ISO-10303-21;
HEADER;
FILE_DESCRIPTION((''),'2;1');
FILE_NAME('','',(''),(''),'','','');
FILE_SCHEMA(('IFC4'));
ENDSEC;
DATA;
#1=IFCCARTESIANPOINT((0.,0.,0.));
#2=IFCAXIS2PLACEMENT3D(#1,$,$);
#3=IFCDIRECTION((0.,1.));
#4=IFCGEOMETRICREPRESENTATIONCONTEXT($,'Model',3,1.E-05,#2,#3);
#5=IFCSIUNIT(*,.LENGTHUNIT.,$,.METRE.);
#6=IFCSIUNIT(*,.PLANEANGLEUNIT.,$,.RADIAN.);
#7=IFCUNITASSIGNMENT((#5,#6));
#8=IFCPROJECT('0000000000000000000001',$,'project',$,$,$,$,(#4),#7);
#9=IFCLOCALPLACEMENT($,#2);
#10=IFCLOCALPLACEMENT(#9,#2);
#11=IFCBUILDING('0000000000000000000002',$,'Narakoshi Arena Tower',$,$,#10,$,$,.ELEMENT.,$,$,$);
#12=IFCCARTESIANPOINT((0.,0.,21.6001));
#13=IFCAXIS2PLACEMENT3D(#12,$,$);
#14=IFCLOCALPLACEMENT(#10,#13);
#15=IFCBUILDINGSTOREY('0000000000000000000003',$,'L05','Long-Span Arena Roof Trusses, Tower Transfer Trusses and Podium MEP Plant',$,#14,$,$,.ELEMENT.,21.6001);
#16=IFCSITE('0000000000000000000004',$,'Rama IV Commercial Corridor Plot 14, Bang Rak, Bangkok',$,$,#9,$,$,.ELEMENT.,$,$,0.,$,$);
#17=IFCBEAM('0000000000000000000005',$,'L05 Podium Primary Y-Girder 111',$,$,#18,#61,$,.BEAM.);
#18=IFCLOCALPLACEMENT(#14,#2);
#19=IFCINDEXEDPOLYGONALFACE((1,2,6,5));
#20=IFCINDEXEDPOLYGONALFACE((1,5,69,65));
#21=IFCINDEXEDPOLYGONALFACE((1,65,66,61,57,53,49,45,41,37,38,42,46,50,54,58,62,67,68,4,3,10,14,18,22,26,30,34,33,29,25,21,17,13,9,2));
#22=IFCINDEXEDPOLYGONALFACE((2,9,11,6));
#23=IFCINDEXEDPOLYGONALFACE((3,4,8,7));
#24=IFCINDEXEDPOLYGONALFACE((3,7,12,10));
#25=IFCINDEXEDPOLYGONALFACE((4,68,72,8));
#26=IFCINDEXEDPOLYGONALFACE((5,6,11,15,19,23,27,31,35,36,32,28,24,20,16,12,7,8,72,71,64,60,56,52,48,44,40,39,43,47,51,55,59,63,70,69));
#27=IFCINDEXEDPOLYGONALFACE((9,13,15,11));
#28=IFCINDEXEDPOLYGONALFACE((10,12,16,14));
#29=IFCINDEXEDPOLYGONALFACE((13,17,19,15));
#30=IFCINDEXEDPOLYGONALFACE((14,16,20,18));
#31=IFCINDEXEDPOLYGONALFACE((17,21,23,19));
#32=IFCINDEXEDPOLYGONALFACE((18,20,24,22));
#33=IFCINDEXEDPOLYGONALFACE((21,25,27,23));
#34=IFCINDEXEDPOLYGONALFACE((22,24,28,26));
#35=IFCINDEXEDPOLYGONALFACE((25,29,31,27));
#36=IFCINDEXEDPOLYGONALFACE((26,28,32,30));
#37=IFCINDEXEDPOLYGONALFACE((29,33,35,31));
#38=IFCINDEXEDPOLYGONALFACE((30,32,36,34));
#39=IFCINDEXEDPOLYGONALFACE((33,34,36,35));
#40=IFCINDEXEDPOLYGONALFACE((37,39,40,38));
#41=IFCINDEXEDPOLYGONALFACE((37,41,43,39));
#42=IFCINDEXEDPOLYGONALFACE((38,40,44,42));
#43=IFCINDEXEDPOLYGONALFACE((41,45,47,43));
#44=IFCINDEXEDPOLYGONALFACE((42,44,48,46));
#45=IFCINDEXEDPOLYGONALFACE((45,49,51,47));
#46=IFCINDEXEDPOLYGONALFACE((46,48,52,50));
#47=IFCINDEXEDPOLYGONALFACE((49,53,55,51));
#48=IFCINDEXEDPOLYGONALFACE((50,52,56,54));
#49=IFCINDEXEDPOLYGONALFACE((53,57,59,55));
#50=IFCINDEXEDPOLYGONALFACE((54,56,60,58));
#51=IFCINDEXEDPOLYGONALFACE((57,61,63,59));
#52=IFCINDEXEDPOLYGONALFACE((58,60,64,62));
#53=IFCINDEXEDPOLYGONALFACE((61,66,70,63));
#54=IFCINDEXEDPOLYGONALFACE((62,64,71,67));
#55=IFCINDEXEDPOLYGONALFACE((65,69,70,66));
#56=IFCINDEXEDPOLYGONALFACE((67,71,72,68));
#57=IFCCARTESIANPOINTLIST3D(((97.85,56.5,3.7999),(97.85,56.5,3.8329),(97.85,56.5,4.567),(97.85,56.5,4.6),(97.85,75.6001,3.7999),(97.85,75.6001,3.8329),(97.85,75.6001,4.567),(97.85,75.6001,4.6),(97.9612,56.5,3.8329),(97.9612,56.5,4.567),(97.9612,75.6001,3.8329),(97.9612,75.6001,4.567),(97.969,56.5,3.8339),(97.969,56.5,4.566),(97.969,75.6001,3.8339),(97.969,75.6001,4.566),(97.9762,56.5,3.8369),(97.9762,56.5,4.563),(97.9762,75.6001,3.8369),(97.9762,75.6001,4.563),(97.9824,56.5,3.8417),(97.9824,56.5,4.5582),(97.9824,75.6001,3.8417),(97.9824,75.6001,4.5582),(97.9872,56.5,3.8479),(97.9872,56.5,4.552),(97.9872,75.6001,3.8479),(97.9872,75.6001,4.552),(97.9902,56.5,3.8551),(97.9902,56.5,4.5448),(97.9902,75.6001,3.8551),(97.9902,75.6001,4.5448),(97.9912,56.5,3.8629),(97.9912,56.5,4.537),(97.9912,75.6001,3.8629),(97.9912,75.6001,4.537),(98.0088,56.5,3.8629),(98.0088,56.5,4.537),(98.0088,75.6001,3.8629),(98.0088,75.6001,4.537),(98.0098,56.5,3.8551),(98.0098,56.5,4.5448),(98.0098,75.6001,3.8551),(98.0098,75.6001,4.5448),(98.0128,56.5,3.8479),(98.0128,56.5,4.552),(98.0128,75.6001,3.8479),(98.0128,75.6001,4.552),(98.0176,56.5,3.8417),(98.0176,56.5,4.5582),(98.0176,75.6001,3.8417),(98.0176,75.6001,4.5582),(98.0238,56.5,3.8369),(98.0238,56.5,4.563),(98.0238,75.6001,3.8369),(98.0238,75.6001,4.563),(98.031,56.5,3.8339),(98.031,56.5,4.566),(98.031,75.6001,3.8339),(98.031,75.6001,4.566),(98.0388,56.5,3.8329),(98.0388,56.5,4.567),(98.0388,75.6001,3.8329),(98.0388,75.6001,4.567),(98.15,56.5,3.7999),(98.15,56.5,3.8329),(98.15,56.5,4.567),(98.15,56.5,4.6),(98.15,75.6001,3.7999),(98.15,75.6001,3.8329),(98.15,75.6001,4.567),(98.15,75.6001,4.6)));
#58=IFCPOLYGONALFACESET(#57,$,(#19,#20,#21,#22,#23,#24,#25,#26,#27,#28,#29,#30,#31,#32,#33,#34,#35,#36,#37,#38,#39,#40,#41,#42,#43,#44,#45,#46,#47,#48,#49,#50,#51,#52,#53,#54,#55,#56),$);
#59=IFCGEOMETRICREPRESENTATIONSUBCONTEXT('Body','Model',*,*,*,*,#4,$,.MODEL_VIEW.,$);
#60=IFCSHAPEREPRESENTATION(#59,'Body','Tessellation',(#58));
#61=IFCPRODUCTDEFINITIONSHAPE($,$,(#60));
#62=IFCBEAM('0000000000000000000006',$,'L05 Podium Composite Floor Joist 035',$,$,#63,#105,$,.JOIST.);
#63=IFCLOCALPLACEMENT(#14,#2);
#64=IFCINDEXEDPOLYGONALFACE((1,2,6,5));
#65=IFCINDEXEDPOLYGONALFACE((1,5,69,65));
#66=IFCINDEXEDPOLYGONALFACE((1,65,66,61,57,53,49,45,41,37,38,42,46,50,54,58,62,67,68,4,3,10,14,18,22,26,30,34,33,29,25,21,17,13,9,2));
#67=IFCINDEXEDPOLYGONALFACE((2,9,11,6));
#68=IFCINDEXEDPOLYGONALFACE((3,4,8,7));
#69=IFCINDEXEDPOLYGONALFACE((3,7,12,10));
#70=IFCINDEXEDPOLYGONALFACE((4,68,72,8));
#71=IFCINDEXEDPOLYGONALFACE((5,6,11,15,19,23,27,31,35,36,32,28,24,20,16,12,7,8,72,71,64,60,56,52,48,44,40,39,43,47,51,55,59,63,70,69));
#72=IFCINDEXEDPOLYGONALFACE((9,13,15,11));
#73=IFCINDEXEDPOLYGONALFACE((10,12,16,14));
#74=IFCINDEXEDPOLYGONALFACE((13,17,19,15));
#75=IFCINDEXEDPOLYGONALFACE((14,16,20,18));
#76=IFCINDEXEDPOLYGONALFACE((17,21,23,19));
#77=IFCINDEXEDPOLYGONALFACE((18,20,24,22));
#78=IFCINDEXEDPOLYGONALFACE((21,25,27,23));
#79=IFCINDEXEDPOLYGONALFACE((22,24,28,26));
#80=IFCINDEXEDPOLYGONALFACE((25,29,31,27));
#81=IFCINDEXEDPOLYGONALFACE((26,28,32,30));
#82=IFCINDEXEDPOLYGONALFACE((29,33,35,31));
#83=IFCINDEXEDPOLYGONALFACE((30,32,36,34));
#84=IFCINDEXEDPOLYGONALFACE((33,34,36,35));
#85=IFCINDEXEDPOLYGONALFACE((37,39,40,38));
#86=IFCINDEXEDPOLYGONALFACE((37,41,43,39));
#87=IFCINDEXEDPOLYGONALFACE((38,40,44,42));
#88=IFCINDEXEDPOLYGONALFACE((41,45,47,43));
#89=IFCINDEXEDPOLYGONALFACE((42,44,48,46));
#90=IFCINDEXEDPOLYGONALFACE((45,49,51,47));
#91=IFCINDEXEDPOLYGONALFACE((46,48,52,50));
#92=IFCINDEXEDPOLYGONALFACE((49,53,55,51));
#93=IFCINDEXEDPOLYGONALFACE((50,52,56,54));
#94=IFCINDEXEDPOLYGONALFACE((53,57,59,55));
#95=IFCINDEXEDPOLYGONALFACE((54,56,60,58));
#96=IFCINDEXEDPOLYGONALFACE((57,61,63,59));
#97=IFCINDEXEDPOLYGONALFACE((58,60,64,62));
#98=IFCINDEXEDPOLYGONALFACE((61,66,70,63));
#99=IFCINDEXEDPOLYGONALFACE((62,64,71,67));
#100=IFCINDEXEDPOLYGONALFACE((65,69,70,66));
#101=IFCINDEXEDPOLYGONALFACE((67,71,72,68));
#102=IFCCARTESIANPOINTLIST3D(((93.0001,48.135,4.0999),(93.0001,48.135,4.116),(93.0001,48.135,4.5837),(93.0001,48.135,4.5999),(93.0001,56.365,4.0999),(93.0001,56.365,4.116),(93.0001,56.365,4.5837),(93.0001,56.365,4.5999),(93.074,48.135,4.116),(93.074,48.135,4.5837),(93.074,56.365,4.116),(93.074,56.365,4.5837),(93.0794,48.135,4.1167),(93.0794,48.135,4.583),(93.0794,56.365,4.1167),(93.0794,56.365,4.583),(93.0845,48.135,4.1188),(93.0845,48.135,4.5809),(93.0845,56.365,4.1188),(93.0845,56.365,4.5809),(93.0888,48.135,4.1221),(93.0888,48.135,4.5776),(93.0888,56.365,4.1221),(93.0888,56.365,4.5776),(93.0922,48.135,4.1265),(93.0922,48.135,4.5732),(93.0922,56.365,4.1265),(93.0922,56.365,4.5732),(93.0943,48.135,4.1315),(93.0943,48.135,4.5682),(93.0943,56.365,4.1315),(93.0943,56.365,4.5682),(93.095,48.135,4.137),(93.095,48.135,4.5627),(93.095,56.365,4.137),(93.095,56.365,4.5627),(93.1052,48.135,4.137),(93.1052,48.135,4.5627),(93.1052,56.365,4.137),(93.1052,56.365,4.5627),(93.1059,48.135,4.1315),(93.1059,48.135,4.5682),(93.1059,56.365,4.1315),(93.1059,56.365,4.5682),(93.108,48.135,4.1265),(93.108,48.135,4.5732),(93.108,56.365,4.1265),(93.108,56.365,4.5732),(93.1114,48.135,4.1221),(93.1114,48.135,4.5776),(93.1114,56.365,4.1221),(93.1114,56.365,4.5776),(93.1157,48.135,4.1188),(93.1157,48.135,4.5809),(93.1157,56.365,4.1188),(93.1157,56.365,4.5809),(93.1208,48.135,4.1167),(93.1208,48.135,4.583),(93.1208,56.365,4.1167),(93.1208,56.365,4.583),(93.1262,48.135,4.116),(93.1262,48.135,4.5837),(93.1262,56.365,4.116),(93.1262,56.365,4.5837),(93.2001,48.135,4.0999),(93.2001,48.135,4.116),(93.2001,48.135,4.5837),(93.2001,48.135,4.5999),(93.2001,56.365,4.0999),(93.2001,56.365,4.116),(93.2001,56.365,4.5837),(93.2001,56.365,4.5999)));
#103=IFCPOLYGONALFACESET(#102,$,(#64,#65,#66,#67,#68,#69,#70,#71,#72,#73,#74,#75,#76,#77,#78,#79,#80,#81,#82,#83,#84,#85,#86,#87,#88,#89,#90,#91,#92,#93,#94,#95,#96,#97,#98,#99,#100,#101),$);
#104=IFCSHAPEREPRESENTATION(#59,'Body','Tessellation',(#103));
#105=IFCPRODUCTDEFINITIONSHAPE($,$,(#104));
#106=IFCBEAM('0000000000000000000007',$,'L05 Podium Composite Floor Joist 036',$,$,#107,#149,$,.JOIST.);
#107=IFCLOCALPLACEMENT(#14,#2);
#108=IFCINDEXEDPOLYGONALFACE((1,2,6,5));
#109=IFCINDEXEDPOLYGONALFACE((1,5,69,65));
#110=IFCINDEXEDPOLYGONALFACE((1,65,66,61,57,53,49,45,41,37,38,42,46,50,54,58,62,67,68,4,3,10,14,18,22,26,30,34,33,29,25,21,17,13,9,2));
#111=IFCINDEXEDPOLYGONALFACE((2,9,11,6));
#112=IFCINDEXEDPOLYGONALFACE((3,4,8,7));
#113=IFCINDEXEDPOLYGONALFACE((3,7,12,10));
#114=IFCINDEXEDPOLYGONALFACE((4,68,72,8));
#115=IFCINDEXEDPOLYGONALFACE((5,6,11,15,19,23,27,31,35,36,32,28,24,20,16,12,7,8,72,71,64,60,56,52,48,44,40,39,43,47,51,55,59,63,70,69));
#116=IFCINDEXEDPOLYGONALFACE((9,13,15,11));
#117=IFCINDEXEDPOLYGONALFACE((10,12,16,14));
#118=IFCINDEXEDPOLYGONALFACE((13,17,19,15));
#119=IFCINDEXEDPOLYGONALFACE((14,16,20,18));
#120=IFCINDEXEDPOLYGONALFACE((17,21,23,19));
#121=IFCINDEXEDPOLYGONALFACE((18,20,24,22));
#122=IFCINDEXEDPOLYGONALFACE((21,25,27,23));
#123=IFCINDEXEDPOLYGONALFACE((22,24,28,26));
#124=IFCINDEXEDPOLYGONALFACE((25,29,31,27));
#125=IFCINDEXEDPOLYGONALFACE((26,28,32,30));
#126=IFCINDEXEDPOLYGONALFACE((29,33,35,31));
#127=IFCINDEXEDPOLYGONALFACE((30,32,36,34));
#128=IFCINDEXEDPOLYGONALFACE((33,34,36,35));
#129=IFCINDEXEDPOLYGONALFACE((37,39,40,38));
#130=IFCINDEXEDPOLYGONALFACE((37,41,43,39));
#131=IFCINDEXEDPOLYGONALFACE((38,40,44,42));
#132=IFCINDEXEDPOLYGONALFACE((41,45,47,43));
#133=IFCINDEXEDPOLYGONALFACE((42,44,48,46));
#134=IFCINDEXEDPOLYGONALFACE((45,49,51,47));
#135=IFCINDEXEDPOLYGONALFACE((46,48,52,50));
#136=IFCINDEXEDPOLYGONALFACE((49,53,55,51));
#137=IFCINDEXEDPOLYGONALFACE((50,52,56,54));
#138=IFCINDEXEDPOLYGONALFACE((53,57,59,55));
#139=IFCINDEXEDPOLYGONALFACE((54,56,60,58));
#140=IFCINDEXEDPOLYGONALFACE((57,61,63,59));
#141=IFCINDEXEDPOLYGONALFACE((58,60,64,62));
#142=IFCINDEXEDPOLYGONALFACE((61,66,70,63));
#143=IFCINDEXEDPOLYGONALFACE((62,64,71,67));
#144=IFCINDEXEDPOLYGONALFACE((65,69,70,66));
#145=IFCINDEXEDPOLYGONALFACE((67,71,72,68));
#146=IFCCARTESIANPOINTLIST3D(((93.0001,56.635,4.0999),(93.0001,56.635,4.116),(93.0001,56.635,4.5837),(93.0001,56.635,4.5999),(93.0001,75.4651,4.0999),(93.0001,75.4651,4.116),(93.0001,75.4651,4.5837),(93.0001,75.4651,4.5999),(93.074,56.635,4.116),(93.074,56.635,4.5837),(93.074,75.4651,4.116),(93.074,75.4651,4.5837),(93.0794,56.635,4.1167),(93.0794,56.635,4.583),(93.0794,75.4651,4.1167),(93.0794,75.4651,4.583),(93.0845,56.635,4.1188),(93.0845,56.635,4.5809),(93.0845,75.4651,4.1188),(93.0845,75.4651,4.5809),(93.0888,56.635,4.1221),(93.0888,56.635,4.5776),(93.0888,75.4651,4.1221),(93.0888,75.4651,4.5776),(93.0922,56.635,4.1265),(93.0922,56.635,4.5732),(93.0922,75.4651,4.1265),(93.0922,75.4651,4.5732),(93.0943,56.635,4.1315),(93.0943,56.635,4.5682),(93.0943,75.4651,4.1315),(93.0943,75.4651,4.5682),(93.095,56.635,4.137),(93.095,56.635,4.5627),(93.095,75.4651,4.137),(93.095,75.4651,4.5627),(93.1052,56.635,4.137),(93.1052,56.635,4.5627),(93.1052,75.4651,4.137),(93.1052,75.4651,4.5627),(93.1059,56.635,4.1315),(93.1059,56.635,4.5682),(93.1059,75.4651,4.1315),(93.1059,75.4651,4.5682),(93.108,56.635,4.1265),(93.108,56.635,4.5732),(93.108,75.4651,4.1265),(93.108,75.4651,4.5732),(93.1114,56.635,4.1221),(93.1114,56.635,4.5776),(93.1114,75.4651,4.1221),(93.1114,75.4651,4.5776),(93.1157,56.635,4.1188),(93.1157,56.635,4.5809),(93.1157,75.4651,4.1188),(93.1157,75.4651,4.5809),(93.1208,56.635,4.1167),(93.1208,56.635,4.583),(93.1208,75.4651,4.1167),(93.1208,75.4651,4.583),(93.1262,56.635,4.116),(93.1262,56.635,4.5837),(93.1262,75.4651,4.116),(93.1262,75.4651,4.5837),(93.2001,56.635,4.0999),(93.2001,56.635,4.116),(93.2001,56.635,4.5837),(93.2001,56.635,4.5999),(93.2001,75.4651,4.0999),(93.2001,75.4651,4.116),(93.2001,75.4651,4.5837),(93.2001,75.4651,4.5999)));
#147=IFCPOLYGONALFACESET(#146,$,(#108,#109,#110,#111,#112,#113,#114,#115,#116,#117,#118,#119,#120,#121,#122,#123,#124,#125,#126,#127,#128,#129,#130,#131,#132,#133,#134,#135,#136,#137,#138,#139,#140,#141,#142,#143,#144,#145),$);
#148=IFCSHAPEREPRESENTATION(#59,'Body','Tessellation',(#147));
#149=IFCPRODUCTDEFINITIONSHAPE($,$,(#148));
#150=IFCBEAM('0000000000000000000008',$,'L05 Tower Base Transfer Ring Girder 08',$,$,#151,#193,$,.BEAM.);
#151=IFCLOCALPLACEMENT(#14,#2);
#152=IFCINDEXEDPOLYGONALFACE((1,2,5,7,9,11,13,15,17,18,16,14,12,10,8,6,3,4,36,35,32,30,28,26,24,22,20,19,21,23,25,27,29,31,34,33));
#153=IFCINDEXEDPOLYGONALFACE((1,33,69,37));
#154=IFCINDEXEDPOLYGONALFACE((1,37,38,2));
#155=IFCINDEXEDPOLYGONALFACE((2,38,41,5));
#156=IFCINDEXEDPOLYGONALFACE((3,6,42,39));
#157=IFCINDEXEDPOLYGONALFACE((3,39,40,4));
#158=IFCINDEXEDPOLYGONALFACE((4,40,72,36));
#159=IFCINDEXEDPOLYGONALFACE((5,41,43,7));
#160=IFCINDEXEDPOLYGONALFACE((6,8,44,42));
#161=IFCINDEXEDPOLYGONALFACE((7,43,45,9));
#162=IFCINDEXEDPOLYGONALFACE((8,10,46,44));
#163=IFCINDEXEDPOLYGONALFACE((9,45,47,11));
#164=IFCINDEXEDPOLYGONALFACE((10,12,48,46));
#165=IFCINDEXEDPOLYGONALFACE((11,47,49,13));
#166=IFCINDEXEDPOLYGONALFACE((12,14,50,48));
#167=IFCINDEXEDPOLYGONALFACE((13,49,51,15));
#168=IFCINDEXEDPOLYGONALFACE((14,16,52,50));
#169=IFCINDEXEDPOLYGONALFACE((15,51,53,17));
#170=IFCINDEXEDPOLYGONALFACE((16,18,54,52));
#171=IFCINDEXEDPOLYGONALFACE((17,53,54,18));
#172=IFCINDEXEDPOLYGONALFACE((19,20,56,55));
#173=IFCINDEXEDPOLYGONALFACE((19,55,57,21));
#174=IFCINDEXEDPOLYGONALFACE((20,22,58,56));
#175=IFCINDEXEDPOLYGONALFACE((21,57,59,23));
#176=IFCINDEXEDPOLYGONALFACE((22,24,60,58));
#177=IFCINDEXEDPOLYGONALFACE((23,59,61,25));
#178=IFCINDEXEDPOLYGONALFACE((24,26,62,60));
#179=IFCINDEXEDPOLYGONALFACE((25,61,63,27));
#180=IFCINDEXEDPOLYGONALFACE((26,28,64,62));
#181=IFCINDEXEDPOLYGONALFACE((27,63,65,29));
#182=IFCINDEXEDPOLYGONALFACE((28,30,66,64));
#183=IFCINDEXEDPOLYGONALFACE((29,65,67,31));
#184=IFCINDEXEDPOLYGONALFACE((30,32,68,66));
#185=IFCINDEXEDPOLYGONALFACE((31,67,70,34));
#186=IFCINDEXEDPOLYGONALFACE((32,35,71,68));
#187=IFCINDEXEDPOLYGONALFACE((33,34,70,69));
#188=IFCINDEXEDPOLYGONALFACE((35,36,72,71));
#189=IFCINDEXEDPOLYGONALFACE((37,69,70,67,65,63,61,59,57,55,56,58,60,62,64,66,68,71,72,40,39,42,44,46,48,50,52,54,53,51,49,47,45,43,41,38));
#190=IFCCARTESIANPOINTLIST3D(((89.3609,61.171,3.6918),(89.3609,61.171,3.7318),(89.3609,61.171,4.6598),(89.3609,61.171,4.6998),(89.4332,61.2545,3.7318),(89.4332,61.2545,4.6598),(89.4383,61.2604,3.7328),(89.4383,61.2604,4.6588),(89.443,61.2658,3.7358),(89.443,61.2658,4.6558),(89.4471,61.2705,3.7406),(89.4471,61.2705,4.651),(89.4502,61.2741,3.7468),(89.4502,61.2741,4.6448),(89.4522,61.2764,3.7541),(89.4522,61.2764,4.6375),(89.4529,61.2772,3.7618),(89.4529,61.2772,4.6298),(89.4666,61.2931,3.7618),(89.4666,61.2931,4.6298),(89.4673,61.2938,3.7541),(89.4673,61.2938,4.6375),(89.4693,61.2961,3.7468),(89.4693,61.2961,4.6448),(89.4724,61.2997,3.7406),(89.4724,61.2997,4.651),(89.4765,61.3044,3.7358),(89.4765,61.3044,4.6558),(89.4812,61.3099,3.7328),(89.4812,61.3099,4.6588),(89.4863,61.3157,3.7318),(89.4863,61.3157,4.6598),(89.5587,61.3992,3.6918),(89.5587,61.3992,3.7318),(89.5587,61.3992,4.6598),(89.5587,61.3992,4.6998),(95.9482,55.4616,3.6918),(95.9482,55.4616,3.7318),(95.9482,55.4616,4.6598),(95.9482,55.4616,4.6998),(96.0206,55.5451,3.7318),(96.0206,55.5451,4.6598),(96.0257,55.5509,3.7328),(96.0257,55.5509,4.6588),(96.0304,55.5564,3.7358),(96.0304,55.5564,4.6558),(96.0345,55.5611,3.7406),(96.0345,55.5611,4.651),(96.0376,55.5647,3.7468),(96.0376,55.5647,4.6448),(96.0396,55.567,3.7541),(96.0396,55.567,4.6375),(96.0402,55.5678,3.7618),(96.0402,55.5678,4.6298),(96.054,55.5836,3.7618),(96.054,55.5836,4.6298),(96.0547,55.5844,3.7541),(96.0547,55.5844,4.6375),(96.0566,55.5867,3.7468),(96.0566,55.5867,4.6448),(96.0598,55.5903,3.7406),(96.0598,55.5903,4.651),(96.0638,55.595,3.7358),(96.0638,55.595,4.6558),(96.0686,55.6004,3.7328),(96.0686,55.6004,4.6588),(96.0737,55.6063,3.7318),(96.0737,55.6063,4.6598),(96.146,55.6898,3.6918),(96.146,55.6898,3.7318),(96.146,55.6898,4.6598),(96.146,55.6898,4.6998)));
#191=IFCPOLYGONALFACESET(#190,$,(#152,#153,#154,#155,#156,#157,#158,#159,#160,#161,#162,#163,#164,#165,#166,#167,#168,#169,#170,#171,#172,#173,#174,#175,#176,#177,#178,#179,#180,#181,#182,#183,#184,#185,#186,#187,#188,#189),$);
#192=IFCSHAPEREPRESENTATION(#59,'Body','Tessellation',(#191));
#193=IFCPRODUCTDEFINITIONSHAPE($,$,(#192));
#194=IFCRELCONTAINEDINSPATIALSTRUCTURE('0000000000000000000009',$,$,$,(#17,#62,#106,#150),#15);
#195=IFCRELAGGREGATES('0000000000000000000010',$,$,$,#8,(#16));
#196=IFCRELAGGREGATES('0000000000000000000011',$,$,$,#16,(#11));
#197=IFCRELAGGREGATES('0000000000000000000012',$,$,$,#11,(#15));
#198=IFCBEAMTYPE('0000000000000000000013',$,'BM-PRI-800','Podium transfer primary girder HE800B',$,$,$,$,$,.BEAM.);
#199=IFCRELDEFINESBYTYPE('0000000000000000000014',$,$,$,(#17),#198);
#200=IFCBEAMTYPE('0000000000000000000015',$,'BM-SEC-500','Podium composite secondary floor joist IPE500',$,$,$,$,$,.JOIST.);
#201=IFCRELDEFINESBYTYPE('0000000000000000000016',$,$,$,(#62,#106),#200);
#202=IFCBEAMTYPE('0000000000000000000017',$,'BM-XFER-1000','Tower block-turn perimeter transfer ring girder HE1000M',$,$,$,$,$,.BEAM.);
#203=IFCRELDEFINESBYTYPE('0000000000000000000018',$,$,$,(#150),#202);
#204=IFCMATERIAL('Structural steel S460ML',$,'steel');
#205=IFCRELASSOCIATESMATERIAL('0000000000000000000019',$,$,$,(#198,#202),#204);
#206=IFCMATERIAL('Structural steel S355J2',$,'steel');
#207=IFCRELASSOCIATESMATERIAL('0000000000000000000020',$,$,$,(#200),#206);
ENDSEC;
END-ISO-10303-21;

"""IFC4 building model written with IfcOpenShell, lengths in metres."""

from ifc_helpers import new_model, si_unit, direction, frame, origin, origin_2d, place, context, subcontext, project, spatial, i_section, extrude, material, material_profile, profile_set, type_object, element, save


model = new_model("IFC4")

# Units and contexts
model_context = context("Model", 3, precision=1e-05, world=origin(), true_north=direction((0.0, 1.0)))
body_context = subcontext(model_context, "Body", "Model", "MODEL_VIEW")
ifc_project = project(units=[si_unit("LENGTHUNIT", "METRE"), si_unit("PLANEANGLEUNIT", "RADIAN")], contexts=[model_context])

# Site, building, storey
site_placement = place(None, origin())
site = spatial("IfcSite", under=ifc_project, at=site_placement, Name="Rama IV Commercial Corridor Plot 14, Bang Rak, Bangkok", CompositionType="ELEMENT", RefElevation=0.0)
building_placement = place(site_placement, origin())
building = spatial("IfcBuilding", under=site, at=building_placement, Name="Narakoshi Arena Tower", CompositionType="ELEMENT")
storey_placement = place(building_placement, frame((0.0, 0.0, 21.6001)))
storey = spatial("IfcBuildingStorey", under=building, at=storey_placement, Name="L05", Description="Long-Span Arena Roof Trusses, Tower Transfer Trusses and Podium MEP Plant", CompositionType="ELEMENT", Elevation=21.6001)

# Shared definitions
ifc_material_1 = material(Name="Structural steel S355J2", Category="steel")

# Beams
ifc_material_2 = material(Name="Structural steel S460ML", Category="steel")
ifc_material_profile_1 = material_profile(ifc_material_2, i_section(OverallWidth=0.3, OverallDepth=0.8, WebThickness=0.0176, FlangeThickness=0.033, FilletRadius=0.03, at=origin_2d()), Name="HE800B")
ifc_profile_set_1 = profile_set([ifc_material_profile_1], Name="Structural steel S460ML")
beam_type_1 = type_object("IfcBeamType", Name="BM-PRI-800", Description="Podium transfer primary girder HE800B", PredefinedType="BEAM", material=ifc_profile_set_1)
beam_1_placement = place(storey_placement, frame((98.0, 56.5, 4.2), z_axis=(0.0, 1.0, 0.0), x_axis=(-1.0, 0.0, 0.0)))
element("IfcBeam", 1, at=beam_1_placement, inside=storey, type_object=beam_type_1, Name="L05 Podium Primary Y-Girder 111", PredefinedType="BEAM", context=body_context, shape_type="SweptSolid", body=[
    extrude(i_section(OverallWidth=0.3, OverallDepth=0.8, WebThickness=0.0176, FlangeThickness=0.033, FilletRadius=0.03, at=origin_2d()), origin(), (0.0, 0.0, 1.0), 19.1001),
])
ifc_material_profile_2 = material_profile(ifc_material_1, i_section(OverallWidth=0.2, OverallDepth=0.5, WebThickness=0.0103, FlangeThickness=0.0161, FilletRadius=0.021, at=origin_2d()), Name="IPE500")
ifc_profile_set_2 = profile_set([ifc_material_profile_2], Name="Structural steel S355J2")
beam_type_2 = type_object("IfcBeamType", Name="BM-SEC-500", Description="Podium composite secondary floor joist IPE500", PredefinedType="JOIST", material=ifc_profile_set_2)
beam_2_placement = place(storey_placement, frame((93.1001, 48.135, 4.3499), z_axis=(0.0, 1.0, 0.0), x_axis=(-1.0, 0.0, 0.0)))
element("IfcBeam", 2, at=beam_2_placement, inside=storey, type_object=beam_type_2, Name="L05 Podium Composite Floor Joist 035", PredefinedType="JOIST", context=body_context, shape_type="SweptSolid", body=[
    extrude(i_section(OverallWidth=0.2, OverallDepth=0.5, WebThickness=0.0103, FlangeThickness=0.0161, FilletRadius=0.021, at=origin_2d()), origin(), (0.0, 0.0, 1.0), 8.23),
])
beam_3_placement = place(storey_placement, frame((93.1001, 56.635, 4.3499), z_axis=(0.0, 1.0, 0.0), x_axis=(-1.0, 0.0, 0.0)))
element("IfcBeam", 3, at=beam_3_placement, inside=storey, type_object=beam_type_2, Name="L05 Podium Composite Floor Joist 036", PredefinedType="JOIST", context=body_context, shape_type="SweptSolid", body=[
    extrude(i_section(OverallWidth=0.2, OverallDepth=0.5, WebThickness=0.0103, FlangeThickness=0.0161, FilletRadius=0.021, at=origin_2d()), origin(), (0.0, 0.0, 1.0), 18.8301),
])
ifc_material_profile_3 = material_profile(ifc_material_2, i_section(OverallWidth=0.302, OverallDepth=1.0081, WebThickness=0.021, FlangeThickness=0.04, FilletRadius=0.03, at=origin_2d()), Name="HE1000M")
ifc_profile_set_3 = profile_set([ifc_material_profile_3], Name="Structural steel S460ML")
beam_type_3 = type_object("IfcBeamType", Name="BM-XFER-1000", Description="Tower block-turn perimeter transfer ring girder HE1000M", PredefinedType="BEAM", material=ifc_profile_set_3)
beam_4_placement = place(storey_placement, frame((96.0471, 55.5757, 4.1958), z_axis=(-0.755667, 0.654956, 0.0), x_axis=(-0.654956, -0.755667, 0.0)))
element("IfcBeam", 4, at=beam_4_placement, inside=storey, type_object=beam_type_3, Name="L05 Tower Base Transfer Ring Girder 08", PredefinedType="BEAM", context=body_context, shape_type="SweptSolid", body=[
    extrude(i_section(OverallWidth=0.302, OverallDepth=1.0081, WebThickness=0.021, FlangeThickness=0.04, FilletRadius=0.03, at=origin_2d()), origin(), (0.0, 0.0, 1.0), 8.7173),
])

save(model, "model.ifc")
